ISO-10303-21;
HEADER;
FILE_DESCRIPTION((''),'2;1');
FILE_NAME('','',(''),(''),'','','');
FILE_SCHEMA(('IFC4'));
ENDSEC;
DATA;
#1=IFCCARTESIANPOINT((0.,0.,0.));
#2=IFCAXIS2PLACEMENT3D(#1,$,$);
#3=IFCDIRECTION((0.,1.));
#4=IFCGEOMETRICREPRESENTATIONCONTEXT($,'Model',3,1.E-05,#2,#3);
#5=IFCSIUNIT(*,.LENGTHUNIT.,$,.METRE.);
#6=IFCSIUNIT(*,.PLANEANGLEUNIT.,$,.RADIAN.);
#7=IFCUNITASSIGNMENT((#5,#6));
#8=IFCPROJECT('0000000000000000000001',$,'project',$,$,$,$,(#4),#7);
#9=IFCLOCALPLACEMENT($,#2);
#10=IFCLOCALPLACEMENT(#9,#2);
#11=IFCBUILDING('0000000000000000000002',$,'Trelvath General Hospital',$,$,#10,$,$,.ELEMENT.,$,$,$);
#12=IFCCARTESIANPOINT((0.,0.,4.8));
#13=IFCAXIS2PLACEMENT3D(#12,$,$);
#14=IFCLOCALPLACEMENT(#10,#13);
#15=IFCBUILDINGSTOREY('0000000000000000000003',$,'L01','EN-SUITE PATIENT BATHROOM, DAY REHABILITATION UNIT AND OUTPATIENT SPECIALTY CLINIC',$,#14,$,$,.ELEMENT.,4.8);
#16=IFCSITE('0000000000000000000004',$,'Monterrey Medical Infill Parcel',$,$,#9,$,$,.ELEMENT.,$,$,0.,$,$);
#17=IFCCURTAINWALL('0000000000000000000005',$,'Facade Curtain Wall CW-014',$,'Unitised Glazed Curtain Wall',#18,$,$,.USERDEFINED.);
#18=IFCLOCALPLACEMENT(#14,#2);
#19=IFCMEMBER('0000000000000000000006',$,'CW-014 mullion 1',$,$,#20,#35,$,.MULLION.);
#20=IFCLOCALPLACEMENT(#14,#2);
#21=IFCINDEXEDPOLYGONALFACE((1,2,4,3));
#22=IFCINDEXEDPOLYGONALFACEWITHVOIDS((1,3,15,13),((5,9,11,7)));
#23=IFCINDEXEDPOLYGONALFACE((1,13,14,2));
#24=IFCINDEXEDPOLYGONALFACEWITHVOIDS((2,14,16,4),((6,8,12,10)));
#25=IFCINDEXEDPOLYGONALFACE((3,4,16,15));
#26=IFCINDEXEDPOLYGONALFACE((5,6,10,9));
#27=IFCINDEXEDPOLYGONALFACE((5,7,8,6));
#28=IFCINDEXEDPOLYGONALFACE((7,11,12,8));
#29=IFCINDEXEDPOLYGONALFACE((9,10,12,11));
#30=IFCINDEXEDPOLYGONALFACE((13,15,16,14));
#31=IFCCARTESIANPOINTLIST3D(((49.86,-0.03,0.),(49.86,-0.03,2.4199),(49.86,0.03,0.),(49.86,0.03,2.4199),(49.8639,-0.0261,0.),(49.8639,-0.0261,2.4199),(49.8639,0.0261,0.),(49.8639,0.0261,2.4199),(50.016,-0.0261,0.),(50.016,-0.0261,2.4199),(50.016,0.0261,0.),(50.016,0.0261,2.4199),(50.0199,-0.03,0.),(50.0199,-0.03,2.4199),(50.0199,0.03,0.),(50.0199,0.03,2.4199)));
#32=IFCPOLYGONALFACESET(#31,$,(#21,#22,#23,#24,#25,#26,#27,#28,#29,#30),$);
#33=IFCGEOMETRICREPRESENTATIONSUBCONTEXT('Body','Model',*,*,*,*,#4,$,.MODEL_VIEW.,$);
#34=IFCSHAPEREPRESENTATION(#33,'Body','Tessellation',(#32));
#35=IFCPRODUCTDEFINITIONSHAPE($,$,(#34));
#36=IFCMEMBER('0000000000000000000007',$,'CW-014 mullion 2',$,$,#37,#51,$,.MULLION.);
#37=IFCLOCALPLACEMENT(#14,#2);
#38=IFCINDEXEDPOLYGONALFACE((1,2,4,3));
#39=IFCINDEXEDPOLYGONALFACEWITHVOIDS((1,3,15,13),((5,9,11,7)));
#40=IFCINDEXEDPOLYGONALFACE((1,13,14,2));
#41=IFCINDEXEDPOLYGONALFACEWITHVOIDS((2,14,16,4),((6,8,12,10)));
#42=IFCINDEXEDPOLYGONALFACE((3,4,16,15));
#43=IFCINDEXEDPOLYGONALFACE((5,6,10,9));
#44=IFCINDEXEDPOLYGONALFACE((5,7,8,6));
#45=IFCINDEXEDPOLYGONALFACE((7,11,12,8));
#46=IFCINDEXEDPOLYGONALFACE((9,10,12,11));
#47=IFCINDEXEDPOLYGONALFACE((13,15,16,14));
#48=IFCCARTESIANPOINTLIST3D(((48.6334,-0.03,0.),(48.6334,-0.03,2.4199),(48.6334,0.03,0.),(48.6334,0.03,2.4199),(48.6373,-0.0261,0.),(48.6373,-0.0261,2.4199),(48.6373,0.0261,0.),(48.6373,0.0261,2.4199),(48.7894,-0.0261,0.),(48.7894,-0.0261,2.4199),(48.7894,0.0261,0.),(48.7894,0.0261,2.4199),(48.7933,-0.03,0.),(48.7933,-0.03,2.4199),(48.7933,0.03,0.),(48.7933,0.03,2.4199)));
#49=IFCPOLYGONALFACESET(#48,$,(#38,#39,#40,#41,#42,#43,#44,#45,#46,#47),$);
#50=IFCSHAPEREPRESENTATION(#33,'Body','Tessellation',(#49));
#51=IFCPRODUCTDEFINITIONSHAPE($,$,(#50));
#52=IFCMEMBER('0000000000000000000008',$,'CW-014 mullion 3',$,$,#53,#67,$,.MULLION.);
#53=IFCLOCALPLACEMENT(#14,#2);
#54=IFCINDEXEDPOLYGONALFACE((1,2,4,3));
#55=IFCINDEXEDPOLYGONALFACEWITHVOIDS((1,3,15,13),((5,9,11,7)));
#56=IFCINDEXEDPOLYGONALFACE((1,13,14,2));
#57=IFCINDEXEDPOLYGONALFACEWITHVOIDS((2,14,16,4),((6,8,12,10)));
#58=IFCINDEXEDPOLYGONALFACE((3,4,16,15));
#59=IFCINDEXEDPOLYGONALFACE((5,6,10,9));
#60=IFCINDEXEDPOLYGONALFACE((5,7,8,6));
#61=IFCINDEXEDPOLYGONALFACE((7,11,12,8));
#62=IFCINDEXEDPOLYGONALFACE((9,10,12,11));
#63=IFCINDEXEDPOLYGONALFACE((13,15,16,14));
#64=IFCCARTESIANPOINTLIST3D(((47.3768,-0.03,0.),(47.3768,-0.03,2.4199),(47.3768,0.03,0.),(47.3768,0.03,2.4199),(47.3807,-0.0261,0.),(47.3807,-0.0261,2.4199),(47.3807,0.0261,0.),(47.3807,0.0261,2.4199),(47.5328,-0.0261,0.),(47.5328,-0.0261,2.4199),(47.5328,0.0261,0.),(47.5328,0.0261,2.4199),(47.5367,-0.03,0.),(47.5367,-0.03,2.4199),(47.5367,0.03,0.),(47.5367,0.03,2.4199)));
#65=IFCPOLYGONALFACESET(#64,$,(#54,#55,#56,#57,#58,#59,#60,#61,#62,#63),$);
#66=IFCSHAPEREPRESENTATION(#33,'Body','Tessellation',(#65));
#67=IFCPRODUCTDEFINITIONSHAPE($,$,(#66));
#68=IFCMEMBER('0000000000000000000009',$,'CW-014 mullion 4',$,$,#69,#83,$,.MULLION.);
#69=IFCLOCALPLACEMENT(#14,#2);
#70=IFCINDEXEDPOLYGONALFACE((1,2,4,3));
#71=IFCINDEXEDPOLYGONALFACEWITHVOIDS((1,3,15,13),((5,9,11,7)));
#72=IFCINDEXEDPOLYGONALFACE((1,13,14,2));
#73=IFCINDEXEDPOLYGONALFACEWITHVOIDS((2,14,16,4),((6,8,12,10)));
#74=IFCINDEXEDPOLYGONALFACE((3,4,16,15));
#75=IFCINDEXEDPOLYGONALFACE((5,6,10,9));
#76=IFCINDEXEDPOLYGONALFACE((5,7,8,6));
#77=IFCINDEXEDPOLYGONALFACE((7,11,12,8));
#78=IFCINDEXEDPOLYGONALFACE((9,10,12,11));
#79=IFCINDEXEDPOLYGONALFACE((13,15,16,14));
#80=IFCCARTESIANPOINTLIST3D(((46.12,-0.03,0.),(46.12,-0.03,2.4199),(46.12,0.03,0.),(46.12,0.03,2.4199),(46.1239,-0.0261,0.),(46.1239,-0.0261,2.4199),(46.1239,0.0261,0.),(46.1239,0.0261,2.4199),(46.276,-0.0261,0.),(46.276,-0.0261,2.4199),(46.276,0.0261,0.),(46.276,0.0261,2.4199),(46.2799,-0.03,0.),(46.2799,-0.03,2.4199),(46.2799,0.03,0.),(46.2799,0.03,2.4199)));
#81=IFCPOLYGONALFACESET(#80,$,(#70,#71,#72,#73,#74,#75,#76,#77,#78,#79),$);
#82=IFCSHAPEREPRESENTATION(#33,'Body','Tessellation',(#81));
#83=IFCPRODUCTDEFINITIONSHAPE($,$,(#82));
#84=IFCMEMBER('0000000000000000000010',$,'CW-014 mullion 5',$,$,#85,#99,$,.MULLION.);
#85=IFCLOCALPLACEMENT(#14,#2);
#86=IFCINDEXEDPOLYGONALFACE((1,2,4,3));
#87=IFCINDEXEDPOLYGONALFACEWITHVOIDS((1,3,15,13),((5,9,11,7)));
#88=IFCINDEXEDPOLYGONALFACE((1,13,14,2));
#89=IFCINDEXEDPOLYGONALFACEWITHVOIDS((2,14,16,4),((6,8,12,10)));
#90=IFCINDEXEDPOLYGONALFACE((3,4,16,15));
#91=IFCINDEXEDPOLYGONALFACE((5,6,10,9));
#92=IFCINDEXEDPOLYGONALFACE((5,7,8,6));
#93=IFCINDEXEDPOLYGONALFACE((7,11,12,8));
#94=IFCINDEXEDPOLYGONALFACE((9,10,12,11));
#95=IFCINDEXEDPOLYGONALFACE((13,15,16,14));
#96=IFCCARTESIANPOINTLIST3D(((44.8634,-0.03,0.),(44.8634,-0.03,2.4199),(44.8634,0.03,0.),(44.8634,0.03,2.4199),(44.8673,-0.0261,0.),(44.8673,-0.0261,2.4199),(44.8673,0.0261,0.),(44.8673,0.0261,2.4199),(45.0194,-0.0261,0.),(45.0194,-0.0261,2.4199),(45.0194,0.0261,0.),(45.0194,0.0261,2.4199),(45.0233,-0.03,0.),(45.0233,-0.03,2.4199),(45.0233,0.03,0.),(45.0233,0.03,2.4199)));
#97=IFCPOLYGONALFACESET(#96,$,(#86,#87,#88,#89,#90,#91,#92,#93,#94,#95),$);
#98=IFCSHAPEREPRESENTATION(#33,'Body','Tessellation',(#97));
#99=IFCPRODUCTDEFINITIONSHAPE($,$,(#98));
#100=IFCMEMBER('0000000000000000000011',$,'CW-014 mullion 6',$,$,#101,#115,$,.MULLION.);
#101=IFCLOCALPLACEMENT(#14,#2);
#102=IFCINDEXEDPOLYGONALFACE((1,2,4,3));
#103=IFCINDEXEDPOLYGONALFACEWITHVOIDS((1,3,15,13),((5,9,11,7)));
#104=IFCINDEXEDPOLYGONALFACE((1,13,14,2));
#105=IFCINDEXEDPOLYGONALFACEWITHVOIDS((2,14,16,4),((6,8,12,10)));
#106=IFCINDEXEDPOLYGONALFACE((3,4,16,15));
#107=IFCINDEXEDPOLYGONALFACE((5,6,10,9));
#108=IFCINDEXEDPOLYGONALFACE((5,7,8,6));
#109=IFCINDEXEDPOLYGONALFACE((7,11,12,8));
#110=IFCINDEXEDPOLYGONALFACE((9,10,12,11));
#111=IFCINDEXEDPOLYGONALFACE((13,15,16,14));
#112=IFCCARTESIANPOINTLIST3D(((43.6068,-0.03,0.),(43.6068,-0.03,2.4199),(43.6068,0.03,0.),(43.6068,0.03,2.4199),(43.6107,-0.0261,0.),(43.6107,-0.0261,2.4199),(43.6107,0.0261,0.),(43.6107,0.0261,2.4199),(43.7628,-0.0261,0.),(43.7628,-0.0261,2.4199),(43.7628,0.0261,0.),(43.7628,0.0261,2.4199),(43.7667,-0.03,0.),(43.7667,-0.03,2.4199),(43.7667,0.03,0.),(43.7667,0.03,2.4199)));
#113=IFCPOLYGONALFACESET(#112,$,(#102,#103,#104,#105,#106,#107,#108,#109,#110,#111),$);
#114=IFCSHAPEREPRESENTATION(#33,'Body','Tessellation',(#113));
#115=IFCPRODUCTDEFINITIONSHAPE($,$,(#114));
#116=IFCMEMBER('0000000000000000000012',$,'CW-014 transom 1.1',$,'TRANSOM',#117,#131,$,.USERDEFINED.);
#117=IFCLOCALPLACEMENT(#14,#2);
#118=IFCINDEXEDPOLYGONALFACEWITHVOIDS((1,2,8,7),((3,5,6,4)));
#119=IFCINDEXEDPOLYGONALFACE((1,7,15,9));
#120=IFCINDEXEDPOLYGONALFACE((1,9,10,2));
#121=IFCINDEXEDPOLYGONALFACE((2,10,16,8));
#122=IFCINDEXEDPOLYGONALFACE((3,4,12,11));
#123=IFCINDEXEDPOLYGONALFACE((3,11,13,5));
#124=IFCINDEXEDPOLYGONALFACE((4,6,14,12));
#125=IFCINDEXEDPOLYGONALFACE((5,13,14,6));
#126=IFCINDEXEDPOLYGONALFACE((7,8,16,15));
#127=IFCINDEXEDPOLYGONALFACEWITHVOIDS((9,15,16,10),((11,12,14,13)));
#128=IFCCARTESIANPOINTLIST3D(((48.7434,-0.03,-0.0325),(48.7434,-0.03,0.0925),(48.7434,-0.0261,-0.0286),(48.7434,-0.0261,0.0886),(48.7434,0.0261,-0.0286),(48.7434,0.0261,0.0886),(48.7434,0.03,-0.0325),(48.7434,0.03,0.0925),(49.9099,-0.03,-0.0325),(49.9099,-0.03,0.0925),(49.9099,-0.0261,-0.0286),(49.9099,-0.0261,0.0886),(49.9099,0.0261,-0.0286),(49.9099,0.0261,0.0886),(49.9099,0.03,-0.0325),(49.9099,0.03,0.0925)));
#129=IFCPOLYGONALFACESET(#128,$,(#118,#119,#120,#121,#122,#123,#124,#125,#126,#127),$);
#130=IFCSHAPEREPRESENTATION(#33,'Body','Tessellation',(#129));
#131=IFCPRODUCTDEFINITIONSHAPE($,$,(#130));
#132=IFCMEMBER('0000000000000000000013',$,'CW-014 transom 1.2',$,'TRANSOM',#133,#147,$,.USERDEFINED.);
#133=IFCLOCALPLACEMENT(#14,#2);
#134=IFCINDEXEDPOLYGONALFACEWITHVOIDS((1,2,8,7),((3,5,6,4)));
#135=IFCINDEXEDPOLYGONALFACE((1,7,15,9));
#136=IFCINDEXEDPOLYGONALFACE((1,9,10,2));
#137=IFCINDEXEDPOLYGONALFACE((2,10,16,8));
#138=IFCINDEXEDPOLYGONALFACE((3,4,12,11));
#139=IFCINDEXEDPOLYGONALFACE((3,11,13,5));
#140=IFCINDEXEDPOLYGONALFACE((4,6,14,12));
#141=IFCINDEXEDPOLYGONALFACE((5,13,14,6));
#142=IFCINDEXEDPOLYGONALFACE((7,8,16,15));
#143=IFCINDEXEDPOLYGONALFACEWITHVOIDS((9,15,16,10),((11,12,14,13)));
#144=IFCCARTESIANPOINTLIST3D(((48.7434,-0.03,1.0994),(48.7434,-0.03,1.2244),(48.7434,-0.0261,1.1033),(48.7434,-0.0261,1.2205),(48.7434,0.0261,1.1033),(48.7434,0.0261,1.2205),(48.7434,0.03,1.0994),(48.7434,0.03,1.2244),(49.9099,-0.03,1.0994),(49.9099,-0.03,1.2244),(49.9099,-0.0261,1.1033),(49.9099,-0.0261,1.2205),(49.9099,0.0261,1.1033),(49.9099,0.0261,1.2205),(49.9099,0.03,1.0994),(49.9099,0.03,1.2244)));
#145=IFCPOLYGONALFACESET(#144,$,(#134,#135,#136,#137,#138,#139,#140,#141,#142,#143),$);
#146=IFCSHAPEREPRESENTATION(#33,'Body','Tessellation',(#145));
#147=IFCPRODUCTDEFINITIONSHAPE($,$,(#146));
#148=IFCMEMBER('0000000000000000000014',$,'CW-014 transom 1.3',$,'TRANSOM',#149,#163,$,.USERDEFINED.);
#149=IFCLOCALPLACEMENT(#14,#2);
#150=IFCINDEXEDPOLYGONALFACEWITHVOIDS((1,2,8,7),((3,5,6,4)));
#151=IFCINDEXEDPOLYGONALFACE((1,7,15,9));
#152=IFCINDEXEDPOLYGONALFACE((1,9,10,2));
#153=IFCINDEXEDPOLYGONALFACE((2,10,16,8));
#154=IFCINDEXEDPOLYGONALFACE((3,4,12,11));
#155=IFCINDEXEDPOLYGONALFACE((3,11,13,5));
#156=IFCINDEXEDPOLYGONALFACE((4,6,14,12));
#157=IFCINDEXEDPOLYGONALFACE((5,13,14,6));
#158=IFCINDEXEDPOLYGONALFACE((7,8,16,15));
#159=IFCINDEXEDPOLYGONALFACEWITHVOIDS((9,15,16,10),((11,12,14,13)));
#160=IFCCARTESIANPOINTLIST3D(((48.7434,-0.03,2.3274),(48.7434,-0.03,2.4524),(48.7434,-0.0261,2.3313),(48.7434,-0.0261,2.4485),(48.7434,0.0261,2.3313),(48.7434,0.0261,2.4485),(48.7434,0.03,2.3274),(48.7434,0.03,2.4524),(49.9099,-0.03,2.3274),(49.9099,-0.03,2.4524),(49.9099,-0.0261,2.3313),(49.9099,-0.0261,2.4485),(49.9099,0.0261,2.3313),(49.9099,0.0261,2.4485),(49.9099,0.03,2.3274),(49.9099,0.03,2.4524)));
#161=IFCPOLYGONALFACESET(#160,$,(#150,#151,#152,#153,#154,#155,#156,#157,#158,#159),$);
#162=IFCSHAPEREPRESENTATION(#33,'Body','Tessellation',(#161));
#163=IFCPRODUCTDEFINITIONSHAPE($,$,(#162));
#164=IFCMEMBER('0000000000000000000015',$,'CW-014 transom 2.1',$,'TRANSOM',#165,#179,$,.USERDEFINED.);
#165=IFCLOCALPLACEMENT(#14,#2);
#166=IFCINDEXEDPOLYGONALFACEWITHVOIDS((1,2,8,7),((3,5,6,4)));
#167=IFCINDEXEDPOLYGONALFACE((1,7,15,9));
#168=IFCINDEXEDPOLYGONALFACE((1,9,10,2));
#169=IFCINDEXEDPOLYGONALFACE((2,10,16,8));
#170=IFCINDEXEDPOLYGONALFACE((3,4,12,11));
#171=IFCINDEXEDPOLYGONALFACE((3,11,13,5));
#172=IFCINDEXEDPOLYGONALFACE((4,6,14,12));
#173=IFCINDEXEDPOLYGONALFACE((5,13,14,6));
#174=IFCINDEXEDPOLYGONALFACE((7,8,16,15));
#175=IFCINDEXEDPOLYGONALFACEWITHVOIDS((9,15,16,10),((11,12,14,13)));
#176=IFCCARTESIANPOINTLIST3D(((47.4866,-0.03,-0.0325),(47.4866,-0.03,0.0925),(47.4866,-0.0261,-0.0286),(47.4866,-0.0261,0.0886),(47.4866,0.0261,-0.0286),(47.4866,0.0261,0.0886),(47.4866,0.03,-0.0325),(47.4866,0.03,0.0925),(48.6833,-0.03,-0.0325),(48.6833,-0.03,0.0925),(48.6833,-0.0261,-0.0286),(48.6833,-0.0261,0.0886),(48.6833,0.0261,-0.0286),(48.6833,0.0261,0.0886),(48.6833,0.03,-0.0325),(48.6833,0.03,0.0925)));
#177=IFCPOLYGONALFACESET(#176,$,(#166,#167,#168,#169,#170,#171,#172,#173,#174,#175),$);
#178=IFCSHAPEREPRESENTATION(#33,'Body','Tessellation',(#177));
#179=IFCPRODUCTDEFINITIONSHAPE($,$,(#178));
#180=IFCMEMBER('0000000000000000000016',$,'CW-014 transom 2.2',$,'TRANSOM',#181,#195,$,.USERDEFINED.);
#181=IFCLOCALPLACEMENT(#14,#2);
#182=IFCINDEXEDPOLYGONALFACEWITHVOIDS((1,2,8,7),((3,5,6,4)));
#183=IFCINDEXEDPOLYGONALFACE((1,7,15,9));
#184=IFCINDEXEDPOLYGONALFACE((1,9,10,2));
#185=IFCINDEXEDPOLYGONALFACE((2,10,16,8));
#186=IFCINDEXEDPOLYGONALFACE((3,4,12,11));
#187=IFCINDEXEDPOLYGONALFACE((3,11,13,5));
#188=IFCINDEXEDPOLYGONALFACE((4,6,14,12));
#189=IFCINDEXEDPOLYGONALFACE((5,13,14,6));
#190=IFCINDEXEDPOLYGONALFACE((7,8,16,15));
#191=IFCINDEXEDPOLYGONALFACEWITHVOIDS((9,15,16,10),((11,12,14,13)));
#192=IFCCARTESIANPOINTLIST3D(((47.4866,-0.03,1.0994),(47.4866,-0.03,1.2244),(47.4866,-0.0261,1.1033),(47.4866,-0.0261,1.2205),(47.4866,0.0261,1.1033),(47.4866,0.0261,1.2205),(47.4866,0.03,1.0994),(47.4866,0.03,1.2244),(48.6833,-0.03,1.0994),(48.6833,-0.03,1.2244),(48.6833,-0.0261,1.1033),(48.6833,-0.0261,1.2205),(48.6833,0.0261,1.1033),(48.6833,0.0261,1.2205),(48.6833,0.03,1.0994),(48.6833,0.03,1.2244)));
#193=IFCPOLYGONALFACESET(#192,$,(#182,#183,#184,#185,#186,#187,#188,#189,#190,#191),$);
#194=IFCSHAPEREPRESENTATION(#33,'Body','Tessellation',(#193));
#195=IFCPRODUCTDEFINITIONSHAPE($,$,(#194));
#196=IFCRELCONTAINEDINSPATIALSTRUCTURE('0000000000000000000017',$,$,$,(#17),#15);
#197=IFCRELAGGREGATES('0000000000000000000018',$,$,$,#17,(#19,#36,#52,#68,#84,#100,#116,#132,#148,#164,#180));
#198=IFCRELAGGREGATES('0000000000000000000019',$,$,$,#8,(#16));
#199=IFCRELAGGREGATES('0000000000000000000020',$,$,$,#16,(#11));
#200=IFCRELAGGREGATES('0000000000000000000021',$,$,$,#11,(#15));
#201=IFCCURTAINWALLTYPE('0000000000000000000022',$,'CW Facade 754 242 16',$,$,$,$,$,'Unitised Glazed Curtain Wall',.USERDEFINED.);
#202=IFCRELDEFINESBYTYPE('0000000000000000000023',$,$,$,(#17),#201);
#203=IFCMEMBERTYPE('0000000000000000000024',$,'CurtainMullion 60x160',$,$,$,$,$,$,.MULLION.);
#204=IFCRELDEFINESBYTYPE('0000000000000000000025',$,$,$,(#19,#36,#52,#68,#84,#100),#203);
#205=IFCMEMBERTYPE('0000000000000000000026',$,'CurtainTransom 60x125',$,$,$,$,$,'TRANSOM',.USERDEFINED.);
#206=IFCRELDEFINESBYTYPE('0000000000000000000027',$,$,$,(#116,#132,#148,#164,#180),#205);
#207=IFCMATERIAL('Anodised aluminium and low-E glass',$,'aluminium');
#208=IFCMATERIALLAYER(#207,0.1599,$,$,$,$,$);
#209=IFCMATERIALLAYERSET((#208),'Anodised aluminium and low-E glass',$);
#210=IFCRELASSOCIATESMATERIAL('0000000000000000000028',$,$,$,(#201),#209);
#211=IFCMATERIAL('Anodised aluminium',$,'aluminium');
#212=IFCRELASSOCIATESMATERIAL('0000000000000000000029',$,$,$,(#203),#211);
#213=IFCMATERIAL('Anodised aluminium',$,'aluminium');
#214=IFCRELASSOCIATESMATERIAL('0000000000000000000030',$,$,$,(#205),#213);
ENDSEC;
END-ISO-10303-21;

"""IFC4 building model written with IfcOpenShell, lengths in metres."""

from ifc_helpers import new_model, si_unit, direction, frame, origin, origin_2d, place, context, subcontext, project, spatial, hollow_rectangle, extrude, material, layer, layer_set, material_profile, profile_set, type_object, element, aggregate, save


model = new_model("IFC4")

# Units and contexts
model_context = context("Model", 3, precision=1e-05, world=origin(), true_north=direction((0.0, 1.0)))
body_context = subcontext(model_context, "Body", "Model", "MODEL_VIEW")
ifc_project = project(units=[si_unit("LENGTHUNIT", "METRE"), si_unit("PLANEANGLEUNIT", "RADIAN")], contexts=[model_context])

# Site, building, storey
site_placement = place(None, origin())
site = spatial("IfcSite", under=ifc_project, at=site_placement, Name="Monterrey Medical Infill Parcel", CompositionType="ELEMENT", RefElevation=0.0)
building_placement = place(site_placement, origin())
building = spatial("IfcBuilding", under=site, at=building_placement, Name="Trelvath General Hospital", CompositionType="ELEMENT")
storey_placement = place(building_placement, frame((0.0, 0.0, 4.8)))
storey = spatial("IfcBuildingStorey", under=building, at=storey_placement, Name="L01", Description="EN-SUITE PATIENT BATHROOM, DAY REHABILITATION UNIT AND OUTPATIENT SPECIALTY CLINIC", CompositionType="ELEMENT", Elevation=4.8)

# Curtain wall, members
ifc_material_1 = material(Name="Anodised aluminium and low-E glass", Category="aluminium")
ifc_layer_1 = layer(ifc_material_1, 0.1599)
ifc_layer_set_1 = layer_set([ifc_layer_1], Name="Anodised aluminium and low-E glass")
curtain_wall_type = type_object("IfcCurtainWallType", Name="CW Facade 754 242 16", ElementType="Unitised Glazed Curtain Wall", PredefinedType="USERDEFINED", material=ifc_layer_set_1)
curtain_wall_placement = place(storey_placement, origin())
curtain_wall = element("IfcCurtainWall", 1, at=curtain_wall_placement, inside=storey, type_object=curtain_wall_type, Name="Facade Curtain Wall CW-014", ObjectType="Unitised Glazed Curtain Wall", PredefinedType="USERDEFINED")
ifc_material_2 = material(Name="Anodised aluminium", Category="aluminium")
ifc_material_profile_1 = material_profile(ifc_material_2, hollow_rectangle(XDim=0.0601, YDim=0.1599, WallThickness=0.0039, at=origin_2d()), Name="RHS60x160x4")
ifc_profile_set_1 = profile_set([ifc_material_profile_1], Name="Anodised aluminium")
member_type_1 = type_object("IfcMemberType", Name="CurtainMullion 60x160", PredefinedType="MULLION", material=ifc_profile_set_1)
member_1_placement = place(storey_placement, frame((49.9399, 0.0, 0.0), z_axis=(0.0, 0.0, 1.0), x_axis=(0.0, -1.0, 0.0)))
member_1 = element("IfcMember", 2, at=member_1_placement, type_object=member_type_1, Name="CW-014 mullion 1", PredefinedType="MULLION", context=body_context, shape_type="SweptSolid", body=[
    extrude(hollow_rectangle(XDim=0.0601, YDim=0.1599, WallThickness=0.0039, at=origin_2d()), origin(), (0.0, 0.0, 1.0), 2.4199),
])
member_2_placement = place(storey_placement, frame((48.7134, 0.0, 0.0), z_axis=(0.0, 0.0, 1.0), x_axis=(0.0, -1.0, 0.0)))
member_2 = element("IfcMember", 3, at=member_2_placement, type_object=member_type_1, Name="CW-014 mullion 2", PredefinedType="MULLION", context=body_context, shape_type="SweptSolid", body=[
    extrude(hollow_rectangle(XDim=0.0601, YDim=0.1599, WallThickness=0.0039, at=origin_2d()), origin(), (0.0, 0.0, 1.0), 2.4199),
])
member_3_placement = place(storey_placement, frame((47.4568, 0.0, 0.0), z_axis=(0.0, 0.0, 1.0), x_axis=(0.0, -1.0, 0.0)))
member_3 = element("IfcMember", 4, at=member_3_placement, type_object=member_type_1, Name="CW-014 mullion 3", PredefinedType="MULLION", context=body_context, shape_type="SweptSolid", body=[
    extrude(hollow_rectangle(XDim=0.0601, YDim=0.1599, WallThickness=0.0039, at=origin_2d()), origin(), (0.0, 0.0, 1.0), 2.4199),
])
member_4_placement = place(storey_placement, frame((46.2, 0.0, 0.0), z_axis=(0.0, 0.0, 1.0), x_axis=(0.0, -1.0, 0.0)))
member_4 = element("IfcMember", 5, at=member_4_placement, type_object=member_type_1, Name="CW-014 mullion 4", PredefinedType="MULLION", context=body_context, shape_type="SweptSolid", body=[
    extrude(hollow_rectangle(XDim=0.0601, YDim=0.1599, WallThickness=0.0039, at=origin_2d()), origin(), (0.0, 0.0, 1.0), 2.4199),
])
member_5_placement = place(storey_placement, frame((44.9434, 0.0, 0.0), z_axis=(0.0, 0.0, 1.0), x_axis=(0.0, -1.0, 0.0)))
member_5 = element("IfcMember", 6, at=member_5_placement, type_object=member_type_1, Name="CW-014 mullion 5", PredefinedType="MULLION", context=body_context, shape_type="SweptSolid", body=[
    extrude(hollow_rectangle(XDim=0.0601, YDim=0.1599, WallThickness=0.0039, at=origin_2d()), origin(), (0.0, 0.0, 1.0), 2.4199),
])
member_6_placement = place(storey_placement, frame((43.6868, 0.0, 0.0), z_axis=(0.0, 0.0, 1.0), x_axis=(0.0, -1.0, 0.0)))
member_6 = element("IfcMember", 7, at=member_6_placement, type_object=member_type_1, Name="CW-014 mullion 6", PredefinedType="MULLION", context=body_context, shape_type="SweptSolid", body=[
    extrude(hollow_rectangle(XDim=0.0601, YDim=0.1599, WallThickness=0.0039, at=origin_2d()), origin(), (0.0, 0.0, 1.0), 2.4199),
])
ifc_material_3 = material(Name="Anodised aluminium", Category="aluminium")
ifc_material_profile_2 = material_profile(ifc_material_3, hollow_rectangle(XDim=0.0601, YDim=0.125, WallThickness=0.0039, at=origin_2d()), Name="RHS60x125x4")
ifc_profile_set_2 = profile_set([ifc_material_profile_2], Name="Anodised aluminium")
member_type_2 = type_object("IfcMemberType", Name="CurtainTransom 60x125", ElementType="TRANSOM", PredefinedType="USERDEFINED", material=ifc_profile_set_2)
member_7_placement = place(storey_placement, frame((49.9099, 0.0, 0.03), z_axis=(-1.0, 0.0, 0.0), x_axis=(0.0, -1.0, 0.0)))
member_7 = element("IfcMember", 8, at=member_7_placement, type_object=member_type_2, Name="CW-014 transom 1.1", ObjectType="TRANSOM", PredefinedType="USERDEFINED", context=body_context, shape_type="SweptSolid", body=[
    extrude(hollow_rectangle(XDim=0.0601, YDim=0.125, WallThickness=0.0039, at=origin_2d()), origin(), (0.0, 0.0, 1.0), 1.1665),
])
member_8_placement = place(storey_placement, frame((49.9099, 0.0, 1.1619), z_axis=(-1.0, 0.0, 0.0), x_axis=(0.0, -1.0, 0.0)))
member_8 = element("IfcMember", 9, at=member_8_placement, type_object=member_type_2, Name="CW-014 transom 1.2", ObjectType="TRANSOM", PredefinedType="USERDEFINED", context=body_context, shape_type="SweptSolid", body=[
    extrude(hollow_rectangle(XDim=0.0601, YDim=0.125, WallThickness=0.0039, at=origin_2d()), origin(), (0.0, 0.0, 1.0), 1.1665),
])
member_9_placement = place(storey_placement, frame((49.9099, 0.0, 2.3899), z_axis=(-1.0, 0.0, 0.0), x_axis=(0.0, -1.0, 0.0)))
member_9 = element("IfcMember", 10, at=member_9_placement, type_object=member_type_2, Name="CW-014 transom 1.3", ObjectType="TRANSOM", PredefinedType="USERDEFINED", context=body_context, shape_type="SweptSolid", body=[
    extrude(hollow_rectangle(XDim=0.0601, YDim=0.125, WallThickness=0.0039, at=origin_2d()), origin(), (0.0, 0.0, 1.0), 1.1665),
])
member_10_placement = place(storey_placement, frame((48.6833, 0.0, 0.03), z_axis=(-1.0, 0.0, 0.0), x_axis=(0.0, -1.0, 0.0)))
member_10 = element("IfcMember", 11, at=member_10_placement, type_object=member_type_2, Name="CW-014 transom 2.1", ObjectType="TRANSOM", PredefinedType="USERDEFINED", context=body_context, shape_type="SweptSolid", body=[
    extrude(hollow_rectangle(XDim=0.0601, YDim=0.125, WallThickness=0.0039, at=origin_2d()), origin(), (0.0, 0.0, 1.0), 1.1968),
])
member_11_placement = place(storey_placement, frame((48.6833, 0.0, 1.1619), z_axis=(-1.0, 0.0, 0.0), x_axis=(0.0, -1.0, 0.0)))
member_11 = element("IfcMember", 12, at=member_11_placement, type_object=member_type_2, Name="CW-014 transom 2.2", ObjectType="TRANSOM", PredefinedType="USERDEFINED", context=body_context, shape_type="SweptSolid", body=[
    extrude(hollow_rectangle(XDim=0.0601, YDim=0.125, WallThickness=0.0039, at=origin_2d()), origin(), (0.0, 0.0, 1.0), 1.1968),
])
aggregate(curtain_wall, [member_1, member_2, member_3, member_4, member_5, member_6, member_7, member_8, member_9, member_10, member_11])

save(model, "model.ifc")
